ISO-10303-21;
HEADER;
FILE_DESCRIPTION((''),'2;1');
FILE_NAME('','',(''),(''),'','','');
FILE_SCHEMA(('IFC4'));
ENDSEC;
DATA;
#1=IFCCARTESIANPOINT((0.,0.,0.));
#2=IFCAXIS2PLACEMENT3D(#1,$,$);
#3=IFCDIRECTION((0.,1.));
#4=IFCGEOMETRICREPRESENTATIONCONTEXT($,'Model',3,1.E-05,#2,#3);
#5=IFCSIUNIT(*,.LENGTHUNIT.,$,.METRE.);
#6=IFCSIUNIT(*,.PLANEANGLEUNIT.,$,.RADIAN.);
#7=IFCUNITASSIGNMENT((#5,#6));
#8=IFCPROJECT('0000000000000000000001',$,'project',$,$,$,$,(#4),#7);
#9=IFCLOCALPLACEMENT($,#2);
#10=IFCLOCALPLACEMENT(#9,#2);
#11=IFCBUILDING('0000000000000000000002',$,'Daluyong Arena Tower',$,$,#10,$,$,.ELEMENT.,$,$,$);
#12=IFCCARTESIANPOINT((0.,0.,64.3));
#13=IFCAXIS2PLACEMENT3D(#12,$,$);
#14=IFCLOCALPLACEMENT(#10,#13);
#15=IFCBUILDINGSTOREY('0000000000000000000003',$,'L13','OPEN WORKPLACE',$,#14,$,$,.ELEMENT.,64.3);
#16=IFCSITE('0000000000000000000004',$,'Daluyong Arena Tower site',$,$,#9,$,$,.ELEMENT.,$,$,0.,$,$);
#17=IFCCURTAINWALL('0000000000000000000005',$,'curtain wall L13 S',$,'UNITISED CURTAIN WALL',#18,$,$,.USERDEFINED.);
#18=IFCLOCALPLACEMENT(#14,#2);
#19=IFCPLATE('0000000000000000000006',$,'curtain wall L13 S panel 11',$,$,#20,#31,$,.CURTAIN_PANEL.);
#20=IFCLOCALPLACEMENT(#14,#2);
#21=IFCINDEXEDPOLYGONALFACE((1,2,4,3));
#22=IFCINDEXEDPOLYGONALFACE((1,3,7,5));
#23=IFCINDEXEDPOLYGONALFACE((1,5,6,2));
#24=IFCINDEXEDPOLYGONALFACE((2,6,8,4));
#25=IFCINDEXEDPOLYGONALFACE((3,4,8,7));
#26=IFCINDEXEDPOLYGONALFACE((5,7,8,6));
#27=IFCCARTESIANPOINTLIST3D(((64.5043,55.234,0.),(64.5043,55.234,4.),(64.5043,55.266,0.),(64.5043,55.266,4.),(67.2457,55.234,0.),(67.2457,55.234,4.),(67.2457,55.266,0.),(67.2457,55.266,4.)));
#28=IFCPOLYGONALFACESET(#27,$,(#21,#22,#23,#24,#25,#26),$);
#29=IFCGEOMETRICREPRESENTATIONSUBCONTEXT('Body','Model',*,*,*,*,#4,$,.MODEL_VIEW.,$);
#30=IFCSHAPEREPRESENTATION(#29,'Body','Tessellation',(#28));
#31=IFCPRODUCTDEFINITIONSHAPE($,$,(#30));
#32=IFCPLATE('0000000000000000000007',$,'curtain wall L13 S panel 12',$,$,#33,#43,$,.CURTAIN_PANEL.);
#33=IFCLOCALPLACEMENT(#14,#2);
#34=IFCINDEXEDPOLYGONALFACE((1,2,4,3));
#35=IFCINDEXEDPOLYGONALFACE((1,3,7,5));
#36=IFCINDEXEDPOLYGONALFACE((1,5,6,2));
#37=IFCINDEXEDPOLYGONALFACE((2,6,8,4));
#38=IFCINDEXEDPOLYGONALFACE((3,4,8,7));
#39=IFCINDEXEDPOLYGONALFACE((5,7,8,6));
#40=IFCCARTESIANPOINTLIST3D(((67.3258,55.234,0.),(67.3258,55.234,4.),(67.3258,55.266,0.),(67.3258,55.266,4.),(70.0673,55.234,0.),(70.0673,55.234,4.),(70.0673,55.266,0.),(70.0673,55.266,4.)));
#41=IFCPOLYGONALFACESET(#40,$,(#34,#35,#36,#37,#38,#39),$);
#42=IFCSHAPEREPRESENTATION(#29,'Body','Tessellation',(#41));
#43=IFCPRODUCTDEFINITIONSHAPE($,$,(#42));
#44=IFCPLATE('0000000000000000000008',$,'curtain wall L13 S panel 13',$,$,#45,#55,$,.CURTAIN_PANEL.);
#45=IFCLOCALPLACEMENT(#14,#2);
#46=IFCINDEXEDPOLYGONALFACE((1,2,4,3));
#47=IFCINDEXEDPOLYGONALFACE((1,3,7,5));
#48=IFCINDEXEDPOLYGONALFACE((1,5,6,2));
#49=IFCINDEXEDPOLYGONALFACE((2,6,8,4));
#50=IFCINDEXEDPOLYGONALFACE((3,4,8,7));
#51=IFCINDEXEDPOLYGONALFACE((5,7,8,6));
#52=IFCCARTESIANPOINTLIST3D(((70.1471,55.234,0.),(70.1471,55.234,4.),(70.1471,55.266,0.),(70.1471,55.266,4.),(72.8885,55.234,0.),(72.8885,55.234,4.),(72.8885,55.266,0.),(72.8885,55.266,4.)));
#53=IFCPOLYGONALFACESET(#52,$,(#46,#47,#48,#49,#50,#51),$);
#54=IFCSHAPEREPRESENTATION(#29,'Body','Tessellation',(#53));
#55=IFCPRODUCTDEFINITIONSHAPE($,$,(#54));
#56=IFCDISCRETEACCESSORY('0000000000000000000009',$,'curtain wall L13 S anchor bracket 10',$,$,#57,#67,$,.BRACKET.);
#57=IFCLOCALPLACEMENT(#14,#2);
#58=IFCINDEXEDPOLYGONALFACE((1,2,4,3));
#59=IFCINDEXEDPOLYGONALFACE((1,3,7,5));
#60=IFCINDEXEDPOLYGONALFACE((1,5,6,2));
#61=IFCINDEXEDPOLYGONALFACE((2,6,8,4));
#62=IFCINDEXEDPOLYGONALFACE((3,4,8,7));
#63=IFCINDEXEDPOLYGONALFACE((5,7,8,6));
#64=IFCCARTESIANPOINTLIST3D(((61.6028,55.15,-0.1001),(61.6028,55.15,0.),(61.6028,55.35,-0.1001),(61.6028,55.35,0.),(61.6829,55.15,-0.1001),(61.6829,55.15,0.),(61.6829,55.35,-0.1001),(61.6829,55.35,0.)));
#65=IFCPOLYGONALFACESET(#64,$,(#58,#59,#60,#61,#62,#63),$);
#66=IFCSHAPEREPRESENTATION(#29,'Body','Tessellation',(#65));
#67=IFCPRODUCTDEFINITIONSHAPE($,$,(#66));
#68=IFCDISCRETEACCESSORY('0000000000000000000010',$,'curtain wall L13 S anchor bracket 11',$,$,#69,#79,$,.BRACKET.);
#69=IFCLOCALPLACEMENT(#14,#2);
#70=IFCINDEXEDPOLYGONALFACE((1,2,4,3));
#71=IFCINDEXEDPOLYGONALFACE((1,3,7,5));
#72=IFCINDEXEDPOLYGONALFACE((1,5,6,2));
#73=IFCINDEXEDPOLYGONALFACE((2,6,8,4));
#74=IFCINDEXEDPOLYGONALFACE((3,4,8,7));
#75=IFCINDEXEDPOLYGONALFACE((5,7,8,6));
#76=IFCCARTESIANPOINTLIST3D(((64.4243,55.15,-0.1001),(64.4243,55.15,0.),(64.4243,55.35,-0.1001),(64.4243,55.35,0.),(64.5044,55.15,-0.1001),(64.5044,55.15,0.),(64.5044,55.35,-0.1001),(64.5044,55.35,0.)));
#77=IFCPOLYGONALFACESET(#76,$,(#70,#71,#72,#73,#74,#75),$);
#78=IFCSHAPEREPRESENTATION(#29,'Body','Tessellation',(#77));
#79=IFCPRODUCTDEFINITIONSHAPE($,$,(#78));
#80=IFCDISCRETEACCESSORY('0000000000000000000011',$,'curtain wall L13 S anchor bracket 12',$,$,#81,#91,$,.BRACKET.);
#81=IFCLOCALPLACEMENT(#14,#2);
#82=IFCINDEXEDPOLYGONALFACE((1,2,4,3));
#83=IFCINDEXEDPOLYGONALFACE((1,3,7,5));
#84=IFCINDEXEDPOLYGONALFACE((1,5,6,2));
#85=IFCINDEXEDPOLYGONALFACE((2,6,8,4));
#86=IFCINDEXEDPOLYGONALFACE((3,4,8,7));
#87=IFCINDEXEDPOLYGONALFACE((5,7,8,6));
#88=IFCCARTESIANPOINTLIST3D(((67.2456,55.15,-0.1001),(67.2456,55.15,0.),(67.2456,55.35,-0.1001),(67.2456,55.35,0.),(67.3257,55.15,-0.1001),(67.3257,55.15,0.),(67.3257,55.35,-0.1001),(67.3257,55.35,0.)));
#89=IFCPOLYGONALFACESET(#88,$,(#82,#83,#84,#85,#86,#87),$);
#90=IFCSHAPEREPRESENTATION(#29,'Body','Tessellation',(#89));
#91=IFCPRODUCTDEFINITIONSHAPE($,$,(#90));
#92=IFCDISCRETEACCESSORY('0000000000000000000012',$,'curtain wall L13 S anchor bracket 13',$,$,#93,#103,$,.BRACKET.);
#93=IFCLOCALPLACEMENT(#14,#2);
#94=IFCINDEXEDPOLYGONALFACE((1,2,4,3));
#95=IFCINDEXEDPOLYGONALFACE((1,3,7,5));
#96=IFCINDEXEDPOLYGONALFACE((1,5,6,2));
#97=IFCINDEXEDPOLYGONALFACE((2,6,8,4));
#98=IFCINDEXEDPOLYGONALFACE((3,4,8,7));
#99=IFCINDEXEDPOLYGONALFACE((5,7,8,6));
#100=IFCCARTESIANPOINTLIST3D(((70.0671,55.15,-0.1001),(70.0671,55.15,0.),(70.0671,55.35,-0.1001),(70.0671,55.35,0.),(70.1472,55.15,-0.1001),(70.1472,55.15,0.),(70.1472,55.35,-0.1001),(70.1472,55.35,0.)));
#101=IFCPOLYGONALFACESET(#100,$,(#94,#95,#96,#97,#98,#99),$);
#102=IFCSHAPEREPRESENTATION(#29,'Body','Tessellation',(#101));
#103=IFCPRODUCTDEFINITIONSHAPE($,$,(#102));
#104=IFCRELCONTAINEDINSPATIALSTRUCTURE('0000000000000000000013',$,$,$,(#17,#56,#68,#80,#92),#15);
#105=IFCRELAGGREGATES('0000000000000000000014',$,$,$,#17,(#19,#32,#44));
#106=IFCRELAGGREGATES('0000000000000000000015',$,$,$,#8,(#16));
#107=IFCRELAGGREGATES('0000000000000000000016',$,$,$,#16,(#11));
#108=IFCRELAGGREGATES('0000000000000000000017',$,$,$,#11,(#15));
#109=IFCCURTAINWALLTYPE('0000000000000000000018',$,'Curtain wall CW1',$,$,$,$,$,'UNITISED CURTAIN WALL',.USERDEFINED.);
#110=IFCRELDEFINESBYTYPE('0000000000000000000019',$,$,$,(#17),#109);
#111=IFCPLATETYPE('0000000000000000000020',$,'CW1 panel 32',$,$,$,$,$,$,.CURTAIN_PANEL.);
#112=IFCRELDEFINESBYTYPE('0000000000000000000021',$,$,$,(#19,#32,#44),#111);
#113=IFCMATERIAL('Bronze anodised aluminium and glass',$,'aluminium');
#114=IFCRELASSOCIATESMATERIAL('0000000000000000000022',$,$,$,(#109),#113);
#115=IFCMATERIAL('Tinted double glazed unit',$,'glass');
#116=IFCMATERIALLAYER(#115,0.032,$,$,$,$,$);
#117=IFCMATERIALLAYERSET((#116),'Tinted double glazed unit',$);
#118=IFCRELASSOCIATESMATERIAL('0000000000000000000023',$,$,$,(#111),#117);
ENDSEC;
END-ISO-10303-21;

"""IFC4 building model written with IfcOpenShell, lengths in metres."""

from ifc_helpers import new_model, si_unit, direction, frame, origin, origin_2d, place, context, subcontext, project, spatial, rectangle, extrude, material, layer, layer_set, type_object, element, aggregate, save


model = new_model("IFC4")

# Units and contexts
model_context = context("Model", 3, precision=1e-05, world=origin(), true_north=direction((0.0, 1.0)))
body_context = subcontext(model_context, "Body", "Model", "MODEL_VIEW")
ifc_project = project(units=[si_unit("LENGTHUNIT", "METRE"), si_unit("PLANEANGLEUNIT", "RADIAN")], contexts=[model_context])

# Site, building, storey
site_placement = place(None, origin())
site = spatial("IfcSite", under=ifc_project, at=site_placement, Name="Daluyong Arena Tower site", CompositionType="ELEMENT", RefElevation=0.0)
building_placement = place(site_placement, origin())
building = spatial("IfcBuilding", under=site, at=building_placement, Name="Daluyong Arena Tower", CompositionType="ELEMENT")
storey_placement = place(building_placement, frame((0.0, 0.0, 64.3)))
storey = spatial("IfcBuildingStorey", under=building, at=storey_placement, Name="L13", Description="OPEN WORKPLACE", CompositionType="ELEMENT", Elevation=64.3)

# Curtain wall
ifc_material_1 = material(Name="Bronze anodised aluminium and glass", Category="aluminium")
curtain_wall_type = type_object("IfcCurtainWallType", Name="Curtain wall CW1", ElementType="UNITISED CURTAIN WALL", PredefinedType="USERDEFINED", material=ifc_material_1)
curtain_wall_placement = place(storey_placement, origin())
curtain_wall = element("IfcCurtainWall", 1, at=curtain_wall_placement, inside=storey, type_object=curtain_wall_type, Name="curtain wall L13 S", ObjectType="UNITISED CURTAIN WALL", PredefinedType="USERDEFINED")

# Plates
ifc_material_2 = material(Name="Tinted double glazed unit", Category="glass")
ifc_layer = layer(ifc_material_2, 0.032)
ifc_layer_set = layer_set([ifc_layer], Name="Tinted double glazed unit")
plate_type = type_object("IfcPlateType", Name="CW1 panel 32", PredefinedType="CURTAIN_PANEL", material=ifc_layer_set)
plate_1_placement = place(storey_placement, frame((65.875, 55.25, 0.0), z_axis=(0.0, 0.0, 1.0), x_axis=(1.0, 0.0, 0.0)))
plate_1 = element("IfcPlate", 2, at=plate_1_placement, type_object=plate_type, Name="curtain wall L13 S panel 11", PredefinedType="CURTAIN_PANEL", context=body_context, shape_type="SweptSolid", body=[
    extrude(rectangle(XDim=2.7415, YDim=0.032, at=origin_2d()), origin(), (0.0, 0.0, 1.0), 4.0),
])
plate_2_placement = place(storey_placement, frame((68.6965, 55.25, 0.0), z_axis=(0.0, 0.0, 1.0), x_axis=(1.0, 0.0, 0.0)))
plate_2 = element("IfcPlate", 3, at=plate_2_placement, type_object=plate_type, Name="curtain wall L13 S panel 12", PredefinedType="CURTAIN_PANEL", context=body_context, shape_type="SweptSolid", body=[
    extrude(rectangle(XDim=2.7415, YDim=0.032, at=origin_2d()), origin(), (0.0, 0.0, 1.0), 4.0),
])
plate_3_placement = place(storey_placement, frame((71.5178, 55.25, 0.0), z_axis=(0.0, 0.0, 1.0), x_axis=(1.0, 0.0, 0.0)))
plate_3 = element("IfcPlate", 4, at=plate_3_placement, type_object=plate_type, Name="curtain wall L13 S panel 13", PredefinedType="CURTAIN_PANEL", context=body_context, shape_type="SweptSolid", body=[
    extrude(rectangle(XDim=2.7415, YDim=0.032, at=origin_2d()), origin(), (0.0, 0.0, 1.0), 4.0),
])
aggregate(curtain_wall, [plate_1, plate_2, plate_3])

# Discrete accessories
for number, where, z_axis, x_axis, name in (
    (5, (61.6428, 55.25, -0.1001), (0.0, 0.0, 1.0), (1.0, 0.0, 0.0), "curtain wall L13 S anchor bracket 10"),
    (6, (64.4644, 55.25, -0.1001), (0.0, 0.0, 1.0), (1.0, 0.0, 0.0), "curtain wall L13 S anchor bracket 11"),
    (7, (67.2856, 55.25, -0.1001), (0.0, 0.0, 1.0), (1.0, 0.0, 0.0), "curtain wall L13 S anchor bracket 12"),
    (8, (70.1072, 55.25, -0.1001), (0.0, 0.0, 1.0), (1.0, 0.0, 0.0), "curtain wall L13 S anchor bracket 13"),
):
    element("IfcDiscreteAccessory", number, at=place(storey_placement, frame(where, z_axis=z_axis, x_axis=x_axis)), inside=storey, Name=name, PredefinedType="BRACKET", context=body_context, shape_type="SweptSolid", body=[
        extrude(rectangle(XDim=0.0801, YDim=0.2, at=origin_2d()), origin(), (0.0, 0.0, 1.0), 0.1001),
    ])

save(model, "model.ifc")
